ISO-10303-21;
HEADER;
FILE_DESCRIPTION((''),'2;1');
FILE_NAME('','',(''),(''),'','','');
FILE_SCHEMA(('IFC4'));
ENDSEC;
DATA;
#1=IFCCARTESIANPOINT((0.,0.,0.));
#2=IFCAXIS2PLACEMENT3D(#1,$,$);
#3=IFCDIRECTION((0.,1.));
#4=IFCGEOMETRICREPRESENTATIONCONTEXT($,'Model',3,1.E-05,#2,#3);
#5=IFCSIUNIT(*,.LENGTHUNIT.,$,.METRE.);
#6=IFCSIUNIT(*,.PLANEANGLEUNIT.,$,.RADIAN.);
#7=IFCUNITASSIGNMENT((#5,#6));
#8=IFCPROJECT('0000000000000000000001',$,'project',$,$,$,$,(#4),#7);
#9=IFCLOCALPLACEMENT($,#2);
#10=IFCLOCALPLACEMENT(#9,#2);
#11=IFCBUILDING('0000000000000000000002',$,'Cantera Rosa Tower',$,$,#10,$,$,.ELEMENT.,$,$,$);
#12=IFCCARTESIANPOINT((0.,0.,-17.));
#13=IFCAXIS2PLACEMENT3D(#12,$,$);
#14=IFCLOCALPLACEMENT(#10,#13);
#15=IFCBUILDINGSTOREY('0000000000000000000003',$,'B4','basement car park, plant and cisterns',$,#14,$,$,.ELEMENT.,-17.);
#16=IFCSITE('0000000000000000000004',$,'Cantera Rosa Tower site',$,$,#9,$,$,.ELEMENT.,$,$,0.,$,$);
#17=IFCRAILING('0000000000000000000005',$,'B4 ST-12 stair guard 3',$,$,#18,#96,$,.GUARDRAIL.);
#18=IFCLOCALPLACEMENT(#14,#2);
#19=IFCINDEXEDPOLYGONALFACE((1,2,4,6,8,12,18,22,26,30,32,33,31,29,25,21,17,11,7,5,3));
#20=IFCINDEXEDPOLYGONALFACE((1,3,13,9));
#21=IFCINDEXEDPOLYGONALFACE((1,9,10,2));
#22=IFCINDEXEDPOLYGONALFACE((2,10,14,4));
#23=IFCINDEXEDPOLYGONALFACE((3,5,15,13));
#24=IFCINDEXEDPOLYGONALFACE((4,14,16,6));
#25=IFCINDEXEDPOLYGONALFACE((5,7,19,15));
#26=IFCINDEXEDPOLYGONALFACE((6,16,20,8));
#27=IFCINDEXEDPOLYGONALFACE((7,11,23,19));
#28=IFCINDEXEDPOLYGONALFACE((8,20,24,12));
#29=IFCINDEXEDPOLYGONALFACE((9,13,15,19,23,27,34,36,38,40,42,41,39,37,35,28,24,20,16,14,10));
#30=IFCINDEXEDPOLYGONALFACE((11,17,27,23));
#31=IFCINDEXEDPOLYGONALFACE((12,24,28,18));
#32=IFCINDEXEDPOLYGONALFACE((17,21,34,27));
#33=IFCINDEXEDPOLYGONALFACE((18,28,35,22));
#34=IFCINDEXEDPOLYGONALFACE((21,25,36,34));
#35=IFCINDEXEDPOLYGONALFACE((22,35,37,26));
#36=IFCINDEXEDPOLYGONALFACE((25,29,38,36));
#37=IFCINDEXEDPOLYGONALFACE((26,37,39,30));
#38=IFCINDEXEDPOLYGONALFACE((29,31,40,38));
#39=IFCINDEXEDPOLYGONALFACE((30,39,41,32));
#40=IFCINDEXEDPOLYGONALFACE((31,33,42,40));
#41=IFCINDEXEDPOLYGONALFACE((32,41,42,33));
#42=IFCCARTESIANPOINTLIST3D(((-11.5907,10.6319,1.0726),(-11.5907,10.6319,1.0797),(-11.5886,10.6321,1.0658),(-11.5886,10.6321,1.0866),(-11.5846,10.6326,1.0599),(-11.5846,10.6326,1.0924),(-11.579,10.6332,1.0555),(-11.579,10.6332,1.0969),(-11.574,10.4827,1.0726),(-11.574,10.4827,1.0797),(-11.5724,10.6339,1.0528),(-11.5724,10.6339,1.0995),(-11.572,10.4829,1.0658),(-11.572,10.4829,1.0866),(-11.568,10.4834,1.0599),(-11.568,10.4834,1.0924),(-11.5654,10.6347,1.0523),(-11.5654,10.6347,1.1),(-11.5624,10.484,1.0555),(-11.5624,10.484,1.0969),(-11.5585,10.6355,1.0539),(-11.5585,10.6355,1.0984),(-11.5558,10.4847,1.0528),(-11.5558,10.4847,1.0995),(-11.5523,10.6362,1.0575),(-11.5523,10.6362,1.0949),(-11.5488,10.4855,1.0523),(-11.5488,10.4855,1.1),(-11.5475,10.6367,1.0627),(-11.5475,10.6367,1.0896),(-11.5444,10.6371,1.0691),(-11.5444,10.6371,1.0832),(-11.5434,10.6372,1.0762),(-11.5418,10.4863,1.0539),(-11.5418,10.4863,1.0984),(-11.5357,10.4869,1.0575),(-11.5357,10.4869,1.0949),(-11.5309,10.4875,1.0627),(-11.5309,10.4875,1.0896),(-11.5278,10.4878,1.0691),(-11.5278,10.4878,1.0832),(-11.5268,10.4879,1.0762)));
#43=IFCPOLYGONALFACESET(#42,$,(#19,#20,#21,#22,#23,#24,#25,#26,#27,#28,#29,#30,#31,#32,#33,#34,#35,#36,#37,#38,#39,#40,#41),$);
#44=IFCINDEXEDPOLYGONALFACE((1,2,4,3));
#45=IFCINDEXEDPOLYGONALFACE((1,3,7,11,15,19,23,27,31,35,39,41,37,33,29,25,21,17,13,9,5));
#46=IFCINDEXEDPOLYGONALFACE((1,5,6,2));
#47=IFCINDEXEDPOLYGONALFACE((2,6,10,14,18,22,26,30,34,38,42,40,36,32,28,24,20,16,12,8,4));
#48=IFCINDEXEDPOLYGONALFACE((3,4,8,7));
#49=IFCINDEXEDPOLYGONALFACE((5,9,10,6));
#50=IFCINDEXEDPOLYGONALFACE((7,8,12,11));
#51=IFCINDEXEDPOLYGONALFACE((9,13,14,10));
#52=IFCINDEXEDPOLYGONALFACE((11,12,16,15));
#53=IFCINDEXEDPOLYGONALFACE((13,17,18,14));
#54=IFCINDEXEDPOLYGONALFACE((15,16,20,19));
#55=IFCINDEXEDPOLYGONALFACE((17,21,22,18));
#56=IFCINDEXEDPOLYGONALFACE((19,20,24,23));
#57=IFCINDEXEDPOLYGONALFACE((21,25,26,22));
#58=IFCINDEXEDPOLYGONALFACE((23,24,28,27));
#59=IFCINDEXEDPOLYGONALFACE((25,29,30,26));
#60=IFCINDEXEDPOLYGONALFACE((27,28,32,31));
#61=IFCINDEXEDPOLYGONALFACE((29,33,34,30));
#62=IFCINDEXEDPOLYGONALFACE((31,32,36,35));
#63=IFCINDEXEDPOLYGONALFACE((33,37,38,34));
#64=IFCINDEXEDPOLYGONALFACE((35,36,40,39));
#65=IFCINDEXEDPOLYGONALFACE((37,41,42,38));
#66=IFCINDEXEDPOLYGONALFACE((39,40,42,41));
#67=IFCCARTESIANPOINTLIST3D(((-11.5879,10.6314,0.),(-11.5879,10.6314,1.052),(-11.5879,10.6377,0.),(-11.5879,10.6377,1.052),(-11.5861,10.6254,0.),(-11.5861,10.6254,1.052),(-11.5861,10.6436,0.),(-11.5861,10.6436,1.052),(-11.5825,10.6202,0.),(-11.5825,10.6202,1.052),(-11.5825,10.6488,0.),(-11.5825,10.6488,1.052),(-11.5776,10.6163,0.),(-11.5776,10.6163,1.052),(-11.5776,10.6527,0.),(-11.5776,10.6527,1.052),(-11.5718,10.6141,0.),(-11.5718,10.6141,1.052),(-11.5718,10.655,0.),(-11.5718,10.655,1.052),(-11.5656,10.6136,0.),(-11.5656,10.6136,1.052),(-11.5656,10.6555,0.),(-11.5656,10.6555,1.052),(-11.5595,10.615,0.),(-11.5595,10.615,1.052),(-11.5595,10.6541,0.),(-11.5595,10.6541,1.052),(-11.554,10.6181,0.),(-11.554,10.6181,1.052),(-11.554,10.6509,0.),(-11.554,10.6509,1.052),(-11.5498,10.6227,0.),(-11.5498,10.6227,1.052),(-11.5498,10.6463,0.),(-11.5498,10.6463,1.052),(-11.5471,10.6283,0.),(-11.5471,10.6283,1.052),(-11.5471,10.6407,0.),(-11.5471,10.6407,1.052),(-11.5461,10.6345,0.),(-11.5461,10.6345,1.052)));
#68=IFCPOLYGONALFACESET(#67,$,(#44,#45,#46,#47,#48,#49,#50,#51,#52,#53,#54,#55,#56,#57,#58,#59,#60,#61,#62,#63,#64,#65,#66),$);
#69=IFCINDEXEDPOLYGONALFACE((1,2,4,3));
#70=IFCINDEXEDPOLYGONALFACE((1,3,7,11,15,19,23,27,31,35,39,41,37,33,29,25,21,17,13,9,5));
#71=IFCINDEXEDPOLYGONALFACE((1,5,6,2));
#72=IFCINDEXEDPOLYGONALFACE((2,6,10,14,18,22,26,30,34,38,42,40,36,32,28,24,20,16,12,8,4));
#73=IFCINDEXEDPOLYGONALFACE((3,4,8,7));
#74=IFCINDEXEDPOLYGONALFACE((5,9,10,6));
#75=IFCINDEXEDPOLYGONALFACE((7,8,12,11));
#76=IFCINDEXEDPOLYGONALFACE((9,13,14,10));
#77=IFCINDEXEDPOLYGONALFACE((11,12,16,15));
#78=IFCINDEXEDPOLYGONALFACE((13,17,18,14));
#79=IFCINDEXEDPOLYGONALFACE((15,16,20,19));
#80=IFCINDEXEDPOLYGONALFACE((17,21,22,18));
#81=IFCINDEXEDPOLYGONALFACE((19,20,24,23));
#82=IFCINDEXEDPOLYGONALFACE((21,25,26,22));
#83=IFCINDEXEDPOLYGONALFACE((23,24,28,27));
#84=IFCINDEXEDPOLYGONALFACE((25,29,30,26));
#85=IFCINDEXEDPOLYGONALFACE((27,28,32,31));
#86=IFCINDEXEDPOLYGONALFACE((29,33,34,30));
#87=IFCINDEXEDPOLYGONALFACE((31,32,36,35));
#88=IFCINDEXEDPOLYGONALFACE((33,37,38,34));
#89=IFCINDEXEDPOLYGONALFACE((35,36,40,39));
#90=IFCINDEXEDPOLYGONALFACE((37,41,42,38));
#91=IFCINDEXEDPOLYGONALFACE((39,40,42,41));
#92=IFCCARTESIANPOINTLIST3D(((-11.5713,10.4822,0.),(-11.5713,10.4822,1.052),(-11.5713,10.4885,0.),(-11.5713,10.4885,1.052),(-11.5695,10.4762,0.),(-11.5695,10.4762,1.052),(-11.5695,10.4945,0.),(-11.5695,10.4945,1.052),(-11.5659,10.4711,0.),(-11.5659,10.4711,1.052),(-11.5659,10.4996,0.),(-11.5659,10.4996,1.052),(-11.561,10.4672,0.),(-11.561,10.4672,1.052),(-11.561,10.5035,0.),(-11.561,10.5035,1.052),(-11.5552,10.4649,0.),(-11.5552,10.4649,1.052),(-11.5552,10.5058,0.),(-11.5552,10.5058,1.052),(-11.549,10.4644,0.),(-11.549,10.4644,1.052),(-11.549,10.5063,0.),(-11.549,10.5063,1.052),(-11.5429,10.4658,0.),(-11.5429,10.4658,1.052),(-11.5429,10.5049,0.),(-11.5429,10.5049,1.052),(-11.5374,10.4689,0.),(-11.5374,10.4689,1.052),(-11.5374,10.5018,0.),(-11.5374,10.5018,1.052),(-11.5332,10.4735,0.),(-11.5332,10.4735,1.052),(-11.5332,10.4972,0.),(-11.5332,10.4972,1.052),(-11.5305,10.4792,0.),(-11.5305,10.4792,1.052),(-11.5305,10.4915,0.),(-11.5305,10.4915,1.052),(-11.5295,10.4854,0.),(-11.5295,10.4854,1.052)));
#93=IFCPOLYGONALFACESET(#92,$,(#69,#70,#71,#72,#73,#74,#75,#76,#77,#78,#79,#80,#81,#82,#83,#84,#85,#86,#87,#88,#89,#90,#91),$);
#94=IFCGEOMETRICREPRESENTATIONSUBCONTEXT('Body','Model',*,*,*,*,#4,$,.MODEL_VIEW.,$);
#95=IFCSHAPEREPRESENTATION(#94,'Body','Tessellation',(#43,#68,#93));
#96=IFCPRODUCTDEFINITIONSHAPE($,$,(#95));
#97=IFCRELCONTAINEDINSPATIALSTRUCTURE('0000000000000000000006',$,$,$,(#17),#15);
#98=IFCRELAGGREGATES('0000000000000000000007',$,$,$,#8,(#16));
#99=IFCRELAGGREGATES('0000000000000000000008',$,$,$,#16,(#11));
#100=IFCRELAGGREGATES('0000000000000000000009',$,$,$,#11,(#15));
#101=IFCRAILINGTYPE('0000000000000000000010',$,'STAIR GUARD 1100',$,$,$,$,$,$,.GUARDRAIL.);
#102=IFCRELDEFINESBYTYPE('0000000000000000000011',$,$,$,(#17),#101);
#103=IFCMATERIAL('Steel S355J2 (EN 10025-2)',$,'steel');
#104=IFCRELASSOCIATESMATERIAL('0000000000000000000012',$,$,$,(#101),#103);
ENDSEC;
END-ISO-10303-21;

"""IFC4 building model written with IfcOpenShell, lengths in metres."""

from ifc_helpers import new_model, si_unit, direction, frame, origin, origin_2d, place, context, subcontext, project, spatial, circle, extrude, material, type_object, element, save


model = new_model("IFC4")

# Units and contexts
model_context = context("Model", 3, precision=1e-05, world=origin(), true_north=direction((0.0, 1.0)))
body_context = subcontext(model_context, "Body", "Model", "MODEL_VIEW")
ifc_project = project(units=[si_unit("LENGTHUNIT", "METRE"), si_unit("PLANEANGLEUNIT", "RADIAN")], contexts=[model_context])

# Site, building, storey
site_placement = place(None, origin())
site = spatial("IfcSite", under=ifc_project, at=site_placement, Name="Cantera Rosa Tower site", CompositionType="ELEMENT", RefElevation=0.0)
building_placement = place(site_placement, origin())
building = spatial("IfcBuilding", under=site, at=building_placement, Name="Cantera Rosa Tower", CompositionType="ELEMENT")
storey_placement = place(building_placement, frame((0.0, 0.0, -17.0)))
storey = spatial("IfcBuildingStorey", under=building, at=storey_placement, Name="B4", Description="basement car park, plant and cisterns", CompositionType="ELEMENT", Elevation=-17.0)

# Railing
ifc_material_1 = material(Name="Steel S355J2 (EN 10025-2)", Category="steel")
railing_type_1 = type_object("IfcRailingType", Name="STAIR GUARD 1100", PredefinedType="GUARDRAIL", material=ifc_material_1)
railing_1_placement = place(storey_placement, frame((-11.5671, 10.6345, 0.0)))
element("IfcRailing", 1, at=railing_1_placement, inside=storey, type_object=railing_type_1, Name="B4 ST-12 stair guard 3", PredefinedType="GUARDRAIL", context=body_context, shape_type="SweptSolid", body=[
    extrude(circle(Radius=0.0239, at=origin_2d()), frame((0.0, 0.0, 1.0762), z_axis=(0.11061, -0.993864, 0.0), x_axis=(0.993864, 0.11061, 0.0)), (0.0, 0.0, 1.0), 0.1501),
    extrude(circle(Radius=0.021, at=origin_2d()), origin(), (0.0, 0.0, 1.0), 1.052),
    extrude(circle(Radius=0.021, at=origin_2d()), frame((0.0166, -0.1492, 0.0)), (0.0, 0.0, 1.0), 1.052),
])

save(model, "model.ifc")
